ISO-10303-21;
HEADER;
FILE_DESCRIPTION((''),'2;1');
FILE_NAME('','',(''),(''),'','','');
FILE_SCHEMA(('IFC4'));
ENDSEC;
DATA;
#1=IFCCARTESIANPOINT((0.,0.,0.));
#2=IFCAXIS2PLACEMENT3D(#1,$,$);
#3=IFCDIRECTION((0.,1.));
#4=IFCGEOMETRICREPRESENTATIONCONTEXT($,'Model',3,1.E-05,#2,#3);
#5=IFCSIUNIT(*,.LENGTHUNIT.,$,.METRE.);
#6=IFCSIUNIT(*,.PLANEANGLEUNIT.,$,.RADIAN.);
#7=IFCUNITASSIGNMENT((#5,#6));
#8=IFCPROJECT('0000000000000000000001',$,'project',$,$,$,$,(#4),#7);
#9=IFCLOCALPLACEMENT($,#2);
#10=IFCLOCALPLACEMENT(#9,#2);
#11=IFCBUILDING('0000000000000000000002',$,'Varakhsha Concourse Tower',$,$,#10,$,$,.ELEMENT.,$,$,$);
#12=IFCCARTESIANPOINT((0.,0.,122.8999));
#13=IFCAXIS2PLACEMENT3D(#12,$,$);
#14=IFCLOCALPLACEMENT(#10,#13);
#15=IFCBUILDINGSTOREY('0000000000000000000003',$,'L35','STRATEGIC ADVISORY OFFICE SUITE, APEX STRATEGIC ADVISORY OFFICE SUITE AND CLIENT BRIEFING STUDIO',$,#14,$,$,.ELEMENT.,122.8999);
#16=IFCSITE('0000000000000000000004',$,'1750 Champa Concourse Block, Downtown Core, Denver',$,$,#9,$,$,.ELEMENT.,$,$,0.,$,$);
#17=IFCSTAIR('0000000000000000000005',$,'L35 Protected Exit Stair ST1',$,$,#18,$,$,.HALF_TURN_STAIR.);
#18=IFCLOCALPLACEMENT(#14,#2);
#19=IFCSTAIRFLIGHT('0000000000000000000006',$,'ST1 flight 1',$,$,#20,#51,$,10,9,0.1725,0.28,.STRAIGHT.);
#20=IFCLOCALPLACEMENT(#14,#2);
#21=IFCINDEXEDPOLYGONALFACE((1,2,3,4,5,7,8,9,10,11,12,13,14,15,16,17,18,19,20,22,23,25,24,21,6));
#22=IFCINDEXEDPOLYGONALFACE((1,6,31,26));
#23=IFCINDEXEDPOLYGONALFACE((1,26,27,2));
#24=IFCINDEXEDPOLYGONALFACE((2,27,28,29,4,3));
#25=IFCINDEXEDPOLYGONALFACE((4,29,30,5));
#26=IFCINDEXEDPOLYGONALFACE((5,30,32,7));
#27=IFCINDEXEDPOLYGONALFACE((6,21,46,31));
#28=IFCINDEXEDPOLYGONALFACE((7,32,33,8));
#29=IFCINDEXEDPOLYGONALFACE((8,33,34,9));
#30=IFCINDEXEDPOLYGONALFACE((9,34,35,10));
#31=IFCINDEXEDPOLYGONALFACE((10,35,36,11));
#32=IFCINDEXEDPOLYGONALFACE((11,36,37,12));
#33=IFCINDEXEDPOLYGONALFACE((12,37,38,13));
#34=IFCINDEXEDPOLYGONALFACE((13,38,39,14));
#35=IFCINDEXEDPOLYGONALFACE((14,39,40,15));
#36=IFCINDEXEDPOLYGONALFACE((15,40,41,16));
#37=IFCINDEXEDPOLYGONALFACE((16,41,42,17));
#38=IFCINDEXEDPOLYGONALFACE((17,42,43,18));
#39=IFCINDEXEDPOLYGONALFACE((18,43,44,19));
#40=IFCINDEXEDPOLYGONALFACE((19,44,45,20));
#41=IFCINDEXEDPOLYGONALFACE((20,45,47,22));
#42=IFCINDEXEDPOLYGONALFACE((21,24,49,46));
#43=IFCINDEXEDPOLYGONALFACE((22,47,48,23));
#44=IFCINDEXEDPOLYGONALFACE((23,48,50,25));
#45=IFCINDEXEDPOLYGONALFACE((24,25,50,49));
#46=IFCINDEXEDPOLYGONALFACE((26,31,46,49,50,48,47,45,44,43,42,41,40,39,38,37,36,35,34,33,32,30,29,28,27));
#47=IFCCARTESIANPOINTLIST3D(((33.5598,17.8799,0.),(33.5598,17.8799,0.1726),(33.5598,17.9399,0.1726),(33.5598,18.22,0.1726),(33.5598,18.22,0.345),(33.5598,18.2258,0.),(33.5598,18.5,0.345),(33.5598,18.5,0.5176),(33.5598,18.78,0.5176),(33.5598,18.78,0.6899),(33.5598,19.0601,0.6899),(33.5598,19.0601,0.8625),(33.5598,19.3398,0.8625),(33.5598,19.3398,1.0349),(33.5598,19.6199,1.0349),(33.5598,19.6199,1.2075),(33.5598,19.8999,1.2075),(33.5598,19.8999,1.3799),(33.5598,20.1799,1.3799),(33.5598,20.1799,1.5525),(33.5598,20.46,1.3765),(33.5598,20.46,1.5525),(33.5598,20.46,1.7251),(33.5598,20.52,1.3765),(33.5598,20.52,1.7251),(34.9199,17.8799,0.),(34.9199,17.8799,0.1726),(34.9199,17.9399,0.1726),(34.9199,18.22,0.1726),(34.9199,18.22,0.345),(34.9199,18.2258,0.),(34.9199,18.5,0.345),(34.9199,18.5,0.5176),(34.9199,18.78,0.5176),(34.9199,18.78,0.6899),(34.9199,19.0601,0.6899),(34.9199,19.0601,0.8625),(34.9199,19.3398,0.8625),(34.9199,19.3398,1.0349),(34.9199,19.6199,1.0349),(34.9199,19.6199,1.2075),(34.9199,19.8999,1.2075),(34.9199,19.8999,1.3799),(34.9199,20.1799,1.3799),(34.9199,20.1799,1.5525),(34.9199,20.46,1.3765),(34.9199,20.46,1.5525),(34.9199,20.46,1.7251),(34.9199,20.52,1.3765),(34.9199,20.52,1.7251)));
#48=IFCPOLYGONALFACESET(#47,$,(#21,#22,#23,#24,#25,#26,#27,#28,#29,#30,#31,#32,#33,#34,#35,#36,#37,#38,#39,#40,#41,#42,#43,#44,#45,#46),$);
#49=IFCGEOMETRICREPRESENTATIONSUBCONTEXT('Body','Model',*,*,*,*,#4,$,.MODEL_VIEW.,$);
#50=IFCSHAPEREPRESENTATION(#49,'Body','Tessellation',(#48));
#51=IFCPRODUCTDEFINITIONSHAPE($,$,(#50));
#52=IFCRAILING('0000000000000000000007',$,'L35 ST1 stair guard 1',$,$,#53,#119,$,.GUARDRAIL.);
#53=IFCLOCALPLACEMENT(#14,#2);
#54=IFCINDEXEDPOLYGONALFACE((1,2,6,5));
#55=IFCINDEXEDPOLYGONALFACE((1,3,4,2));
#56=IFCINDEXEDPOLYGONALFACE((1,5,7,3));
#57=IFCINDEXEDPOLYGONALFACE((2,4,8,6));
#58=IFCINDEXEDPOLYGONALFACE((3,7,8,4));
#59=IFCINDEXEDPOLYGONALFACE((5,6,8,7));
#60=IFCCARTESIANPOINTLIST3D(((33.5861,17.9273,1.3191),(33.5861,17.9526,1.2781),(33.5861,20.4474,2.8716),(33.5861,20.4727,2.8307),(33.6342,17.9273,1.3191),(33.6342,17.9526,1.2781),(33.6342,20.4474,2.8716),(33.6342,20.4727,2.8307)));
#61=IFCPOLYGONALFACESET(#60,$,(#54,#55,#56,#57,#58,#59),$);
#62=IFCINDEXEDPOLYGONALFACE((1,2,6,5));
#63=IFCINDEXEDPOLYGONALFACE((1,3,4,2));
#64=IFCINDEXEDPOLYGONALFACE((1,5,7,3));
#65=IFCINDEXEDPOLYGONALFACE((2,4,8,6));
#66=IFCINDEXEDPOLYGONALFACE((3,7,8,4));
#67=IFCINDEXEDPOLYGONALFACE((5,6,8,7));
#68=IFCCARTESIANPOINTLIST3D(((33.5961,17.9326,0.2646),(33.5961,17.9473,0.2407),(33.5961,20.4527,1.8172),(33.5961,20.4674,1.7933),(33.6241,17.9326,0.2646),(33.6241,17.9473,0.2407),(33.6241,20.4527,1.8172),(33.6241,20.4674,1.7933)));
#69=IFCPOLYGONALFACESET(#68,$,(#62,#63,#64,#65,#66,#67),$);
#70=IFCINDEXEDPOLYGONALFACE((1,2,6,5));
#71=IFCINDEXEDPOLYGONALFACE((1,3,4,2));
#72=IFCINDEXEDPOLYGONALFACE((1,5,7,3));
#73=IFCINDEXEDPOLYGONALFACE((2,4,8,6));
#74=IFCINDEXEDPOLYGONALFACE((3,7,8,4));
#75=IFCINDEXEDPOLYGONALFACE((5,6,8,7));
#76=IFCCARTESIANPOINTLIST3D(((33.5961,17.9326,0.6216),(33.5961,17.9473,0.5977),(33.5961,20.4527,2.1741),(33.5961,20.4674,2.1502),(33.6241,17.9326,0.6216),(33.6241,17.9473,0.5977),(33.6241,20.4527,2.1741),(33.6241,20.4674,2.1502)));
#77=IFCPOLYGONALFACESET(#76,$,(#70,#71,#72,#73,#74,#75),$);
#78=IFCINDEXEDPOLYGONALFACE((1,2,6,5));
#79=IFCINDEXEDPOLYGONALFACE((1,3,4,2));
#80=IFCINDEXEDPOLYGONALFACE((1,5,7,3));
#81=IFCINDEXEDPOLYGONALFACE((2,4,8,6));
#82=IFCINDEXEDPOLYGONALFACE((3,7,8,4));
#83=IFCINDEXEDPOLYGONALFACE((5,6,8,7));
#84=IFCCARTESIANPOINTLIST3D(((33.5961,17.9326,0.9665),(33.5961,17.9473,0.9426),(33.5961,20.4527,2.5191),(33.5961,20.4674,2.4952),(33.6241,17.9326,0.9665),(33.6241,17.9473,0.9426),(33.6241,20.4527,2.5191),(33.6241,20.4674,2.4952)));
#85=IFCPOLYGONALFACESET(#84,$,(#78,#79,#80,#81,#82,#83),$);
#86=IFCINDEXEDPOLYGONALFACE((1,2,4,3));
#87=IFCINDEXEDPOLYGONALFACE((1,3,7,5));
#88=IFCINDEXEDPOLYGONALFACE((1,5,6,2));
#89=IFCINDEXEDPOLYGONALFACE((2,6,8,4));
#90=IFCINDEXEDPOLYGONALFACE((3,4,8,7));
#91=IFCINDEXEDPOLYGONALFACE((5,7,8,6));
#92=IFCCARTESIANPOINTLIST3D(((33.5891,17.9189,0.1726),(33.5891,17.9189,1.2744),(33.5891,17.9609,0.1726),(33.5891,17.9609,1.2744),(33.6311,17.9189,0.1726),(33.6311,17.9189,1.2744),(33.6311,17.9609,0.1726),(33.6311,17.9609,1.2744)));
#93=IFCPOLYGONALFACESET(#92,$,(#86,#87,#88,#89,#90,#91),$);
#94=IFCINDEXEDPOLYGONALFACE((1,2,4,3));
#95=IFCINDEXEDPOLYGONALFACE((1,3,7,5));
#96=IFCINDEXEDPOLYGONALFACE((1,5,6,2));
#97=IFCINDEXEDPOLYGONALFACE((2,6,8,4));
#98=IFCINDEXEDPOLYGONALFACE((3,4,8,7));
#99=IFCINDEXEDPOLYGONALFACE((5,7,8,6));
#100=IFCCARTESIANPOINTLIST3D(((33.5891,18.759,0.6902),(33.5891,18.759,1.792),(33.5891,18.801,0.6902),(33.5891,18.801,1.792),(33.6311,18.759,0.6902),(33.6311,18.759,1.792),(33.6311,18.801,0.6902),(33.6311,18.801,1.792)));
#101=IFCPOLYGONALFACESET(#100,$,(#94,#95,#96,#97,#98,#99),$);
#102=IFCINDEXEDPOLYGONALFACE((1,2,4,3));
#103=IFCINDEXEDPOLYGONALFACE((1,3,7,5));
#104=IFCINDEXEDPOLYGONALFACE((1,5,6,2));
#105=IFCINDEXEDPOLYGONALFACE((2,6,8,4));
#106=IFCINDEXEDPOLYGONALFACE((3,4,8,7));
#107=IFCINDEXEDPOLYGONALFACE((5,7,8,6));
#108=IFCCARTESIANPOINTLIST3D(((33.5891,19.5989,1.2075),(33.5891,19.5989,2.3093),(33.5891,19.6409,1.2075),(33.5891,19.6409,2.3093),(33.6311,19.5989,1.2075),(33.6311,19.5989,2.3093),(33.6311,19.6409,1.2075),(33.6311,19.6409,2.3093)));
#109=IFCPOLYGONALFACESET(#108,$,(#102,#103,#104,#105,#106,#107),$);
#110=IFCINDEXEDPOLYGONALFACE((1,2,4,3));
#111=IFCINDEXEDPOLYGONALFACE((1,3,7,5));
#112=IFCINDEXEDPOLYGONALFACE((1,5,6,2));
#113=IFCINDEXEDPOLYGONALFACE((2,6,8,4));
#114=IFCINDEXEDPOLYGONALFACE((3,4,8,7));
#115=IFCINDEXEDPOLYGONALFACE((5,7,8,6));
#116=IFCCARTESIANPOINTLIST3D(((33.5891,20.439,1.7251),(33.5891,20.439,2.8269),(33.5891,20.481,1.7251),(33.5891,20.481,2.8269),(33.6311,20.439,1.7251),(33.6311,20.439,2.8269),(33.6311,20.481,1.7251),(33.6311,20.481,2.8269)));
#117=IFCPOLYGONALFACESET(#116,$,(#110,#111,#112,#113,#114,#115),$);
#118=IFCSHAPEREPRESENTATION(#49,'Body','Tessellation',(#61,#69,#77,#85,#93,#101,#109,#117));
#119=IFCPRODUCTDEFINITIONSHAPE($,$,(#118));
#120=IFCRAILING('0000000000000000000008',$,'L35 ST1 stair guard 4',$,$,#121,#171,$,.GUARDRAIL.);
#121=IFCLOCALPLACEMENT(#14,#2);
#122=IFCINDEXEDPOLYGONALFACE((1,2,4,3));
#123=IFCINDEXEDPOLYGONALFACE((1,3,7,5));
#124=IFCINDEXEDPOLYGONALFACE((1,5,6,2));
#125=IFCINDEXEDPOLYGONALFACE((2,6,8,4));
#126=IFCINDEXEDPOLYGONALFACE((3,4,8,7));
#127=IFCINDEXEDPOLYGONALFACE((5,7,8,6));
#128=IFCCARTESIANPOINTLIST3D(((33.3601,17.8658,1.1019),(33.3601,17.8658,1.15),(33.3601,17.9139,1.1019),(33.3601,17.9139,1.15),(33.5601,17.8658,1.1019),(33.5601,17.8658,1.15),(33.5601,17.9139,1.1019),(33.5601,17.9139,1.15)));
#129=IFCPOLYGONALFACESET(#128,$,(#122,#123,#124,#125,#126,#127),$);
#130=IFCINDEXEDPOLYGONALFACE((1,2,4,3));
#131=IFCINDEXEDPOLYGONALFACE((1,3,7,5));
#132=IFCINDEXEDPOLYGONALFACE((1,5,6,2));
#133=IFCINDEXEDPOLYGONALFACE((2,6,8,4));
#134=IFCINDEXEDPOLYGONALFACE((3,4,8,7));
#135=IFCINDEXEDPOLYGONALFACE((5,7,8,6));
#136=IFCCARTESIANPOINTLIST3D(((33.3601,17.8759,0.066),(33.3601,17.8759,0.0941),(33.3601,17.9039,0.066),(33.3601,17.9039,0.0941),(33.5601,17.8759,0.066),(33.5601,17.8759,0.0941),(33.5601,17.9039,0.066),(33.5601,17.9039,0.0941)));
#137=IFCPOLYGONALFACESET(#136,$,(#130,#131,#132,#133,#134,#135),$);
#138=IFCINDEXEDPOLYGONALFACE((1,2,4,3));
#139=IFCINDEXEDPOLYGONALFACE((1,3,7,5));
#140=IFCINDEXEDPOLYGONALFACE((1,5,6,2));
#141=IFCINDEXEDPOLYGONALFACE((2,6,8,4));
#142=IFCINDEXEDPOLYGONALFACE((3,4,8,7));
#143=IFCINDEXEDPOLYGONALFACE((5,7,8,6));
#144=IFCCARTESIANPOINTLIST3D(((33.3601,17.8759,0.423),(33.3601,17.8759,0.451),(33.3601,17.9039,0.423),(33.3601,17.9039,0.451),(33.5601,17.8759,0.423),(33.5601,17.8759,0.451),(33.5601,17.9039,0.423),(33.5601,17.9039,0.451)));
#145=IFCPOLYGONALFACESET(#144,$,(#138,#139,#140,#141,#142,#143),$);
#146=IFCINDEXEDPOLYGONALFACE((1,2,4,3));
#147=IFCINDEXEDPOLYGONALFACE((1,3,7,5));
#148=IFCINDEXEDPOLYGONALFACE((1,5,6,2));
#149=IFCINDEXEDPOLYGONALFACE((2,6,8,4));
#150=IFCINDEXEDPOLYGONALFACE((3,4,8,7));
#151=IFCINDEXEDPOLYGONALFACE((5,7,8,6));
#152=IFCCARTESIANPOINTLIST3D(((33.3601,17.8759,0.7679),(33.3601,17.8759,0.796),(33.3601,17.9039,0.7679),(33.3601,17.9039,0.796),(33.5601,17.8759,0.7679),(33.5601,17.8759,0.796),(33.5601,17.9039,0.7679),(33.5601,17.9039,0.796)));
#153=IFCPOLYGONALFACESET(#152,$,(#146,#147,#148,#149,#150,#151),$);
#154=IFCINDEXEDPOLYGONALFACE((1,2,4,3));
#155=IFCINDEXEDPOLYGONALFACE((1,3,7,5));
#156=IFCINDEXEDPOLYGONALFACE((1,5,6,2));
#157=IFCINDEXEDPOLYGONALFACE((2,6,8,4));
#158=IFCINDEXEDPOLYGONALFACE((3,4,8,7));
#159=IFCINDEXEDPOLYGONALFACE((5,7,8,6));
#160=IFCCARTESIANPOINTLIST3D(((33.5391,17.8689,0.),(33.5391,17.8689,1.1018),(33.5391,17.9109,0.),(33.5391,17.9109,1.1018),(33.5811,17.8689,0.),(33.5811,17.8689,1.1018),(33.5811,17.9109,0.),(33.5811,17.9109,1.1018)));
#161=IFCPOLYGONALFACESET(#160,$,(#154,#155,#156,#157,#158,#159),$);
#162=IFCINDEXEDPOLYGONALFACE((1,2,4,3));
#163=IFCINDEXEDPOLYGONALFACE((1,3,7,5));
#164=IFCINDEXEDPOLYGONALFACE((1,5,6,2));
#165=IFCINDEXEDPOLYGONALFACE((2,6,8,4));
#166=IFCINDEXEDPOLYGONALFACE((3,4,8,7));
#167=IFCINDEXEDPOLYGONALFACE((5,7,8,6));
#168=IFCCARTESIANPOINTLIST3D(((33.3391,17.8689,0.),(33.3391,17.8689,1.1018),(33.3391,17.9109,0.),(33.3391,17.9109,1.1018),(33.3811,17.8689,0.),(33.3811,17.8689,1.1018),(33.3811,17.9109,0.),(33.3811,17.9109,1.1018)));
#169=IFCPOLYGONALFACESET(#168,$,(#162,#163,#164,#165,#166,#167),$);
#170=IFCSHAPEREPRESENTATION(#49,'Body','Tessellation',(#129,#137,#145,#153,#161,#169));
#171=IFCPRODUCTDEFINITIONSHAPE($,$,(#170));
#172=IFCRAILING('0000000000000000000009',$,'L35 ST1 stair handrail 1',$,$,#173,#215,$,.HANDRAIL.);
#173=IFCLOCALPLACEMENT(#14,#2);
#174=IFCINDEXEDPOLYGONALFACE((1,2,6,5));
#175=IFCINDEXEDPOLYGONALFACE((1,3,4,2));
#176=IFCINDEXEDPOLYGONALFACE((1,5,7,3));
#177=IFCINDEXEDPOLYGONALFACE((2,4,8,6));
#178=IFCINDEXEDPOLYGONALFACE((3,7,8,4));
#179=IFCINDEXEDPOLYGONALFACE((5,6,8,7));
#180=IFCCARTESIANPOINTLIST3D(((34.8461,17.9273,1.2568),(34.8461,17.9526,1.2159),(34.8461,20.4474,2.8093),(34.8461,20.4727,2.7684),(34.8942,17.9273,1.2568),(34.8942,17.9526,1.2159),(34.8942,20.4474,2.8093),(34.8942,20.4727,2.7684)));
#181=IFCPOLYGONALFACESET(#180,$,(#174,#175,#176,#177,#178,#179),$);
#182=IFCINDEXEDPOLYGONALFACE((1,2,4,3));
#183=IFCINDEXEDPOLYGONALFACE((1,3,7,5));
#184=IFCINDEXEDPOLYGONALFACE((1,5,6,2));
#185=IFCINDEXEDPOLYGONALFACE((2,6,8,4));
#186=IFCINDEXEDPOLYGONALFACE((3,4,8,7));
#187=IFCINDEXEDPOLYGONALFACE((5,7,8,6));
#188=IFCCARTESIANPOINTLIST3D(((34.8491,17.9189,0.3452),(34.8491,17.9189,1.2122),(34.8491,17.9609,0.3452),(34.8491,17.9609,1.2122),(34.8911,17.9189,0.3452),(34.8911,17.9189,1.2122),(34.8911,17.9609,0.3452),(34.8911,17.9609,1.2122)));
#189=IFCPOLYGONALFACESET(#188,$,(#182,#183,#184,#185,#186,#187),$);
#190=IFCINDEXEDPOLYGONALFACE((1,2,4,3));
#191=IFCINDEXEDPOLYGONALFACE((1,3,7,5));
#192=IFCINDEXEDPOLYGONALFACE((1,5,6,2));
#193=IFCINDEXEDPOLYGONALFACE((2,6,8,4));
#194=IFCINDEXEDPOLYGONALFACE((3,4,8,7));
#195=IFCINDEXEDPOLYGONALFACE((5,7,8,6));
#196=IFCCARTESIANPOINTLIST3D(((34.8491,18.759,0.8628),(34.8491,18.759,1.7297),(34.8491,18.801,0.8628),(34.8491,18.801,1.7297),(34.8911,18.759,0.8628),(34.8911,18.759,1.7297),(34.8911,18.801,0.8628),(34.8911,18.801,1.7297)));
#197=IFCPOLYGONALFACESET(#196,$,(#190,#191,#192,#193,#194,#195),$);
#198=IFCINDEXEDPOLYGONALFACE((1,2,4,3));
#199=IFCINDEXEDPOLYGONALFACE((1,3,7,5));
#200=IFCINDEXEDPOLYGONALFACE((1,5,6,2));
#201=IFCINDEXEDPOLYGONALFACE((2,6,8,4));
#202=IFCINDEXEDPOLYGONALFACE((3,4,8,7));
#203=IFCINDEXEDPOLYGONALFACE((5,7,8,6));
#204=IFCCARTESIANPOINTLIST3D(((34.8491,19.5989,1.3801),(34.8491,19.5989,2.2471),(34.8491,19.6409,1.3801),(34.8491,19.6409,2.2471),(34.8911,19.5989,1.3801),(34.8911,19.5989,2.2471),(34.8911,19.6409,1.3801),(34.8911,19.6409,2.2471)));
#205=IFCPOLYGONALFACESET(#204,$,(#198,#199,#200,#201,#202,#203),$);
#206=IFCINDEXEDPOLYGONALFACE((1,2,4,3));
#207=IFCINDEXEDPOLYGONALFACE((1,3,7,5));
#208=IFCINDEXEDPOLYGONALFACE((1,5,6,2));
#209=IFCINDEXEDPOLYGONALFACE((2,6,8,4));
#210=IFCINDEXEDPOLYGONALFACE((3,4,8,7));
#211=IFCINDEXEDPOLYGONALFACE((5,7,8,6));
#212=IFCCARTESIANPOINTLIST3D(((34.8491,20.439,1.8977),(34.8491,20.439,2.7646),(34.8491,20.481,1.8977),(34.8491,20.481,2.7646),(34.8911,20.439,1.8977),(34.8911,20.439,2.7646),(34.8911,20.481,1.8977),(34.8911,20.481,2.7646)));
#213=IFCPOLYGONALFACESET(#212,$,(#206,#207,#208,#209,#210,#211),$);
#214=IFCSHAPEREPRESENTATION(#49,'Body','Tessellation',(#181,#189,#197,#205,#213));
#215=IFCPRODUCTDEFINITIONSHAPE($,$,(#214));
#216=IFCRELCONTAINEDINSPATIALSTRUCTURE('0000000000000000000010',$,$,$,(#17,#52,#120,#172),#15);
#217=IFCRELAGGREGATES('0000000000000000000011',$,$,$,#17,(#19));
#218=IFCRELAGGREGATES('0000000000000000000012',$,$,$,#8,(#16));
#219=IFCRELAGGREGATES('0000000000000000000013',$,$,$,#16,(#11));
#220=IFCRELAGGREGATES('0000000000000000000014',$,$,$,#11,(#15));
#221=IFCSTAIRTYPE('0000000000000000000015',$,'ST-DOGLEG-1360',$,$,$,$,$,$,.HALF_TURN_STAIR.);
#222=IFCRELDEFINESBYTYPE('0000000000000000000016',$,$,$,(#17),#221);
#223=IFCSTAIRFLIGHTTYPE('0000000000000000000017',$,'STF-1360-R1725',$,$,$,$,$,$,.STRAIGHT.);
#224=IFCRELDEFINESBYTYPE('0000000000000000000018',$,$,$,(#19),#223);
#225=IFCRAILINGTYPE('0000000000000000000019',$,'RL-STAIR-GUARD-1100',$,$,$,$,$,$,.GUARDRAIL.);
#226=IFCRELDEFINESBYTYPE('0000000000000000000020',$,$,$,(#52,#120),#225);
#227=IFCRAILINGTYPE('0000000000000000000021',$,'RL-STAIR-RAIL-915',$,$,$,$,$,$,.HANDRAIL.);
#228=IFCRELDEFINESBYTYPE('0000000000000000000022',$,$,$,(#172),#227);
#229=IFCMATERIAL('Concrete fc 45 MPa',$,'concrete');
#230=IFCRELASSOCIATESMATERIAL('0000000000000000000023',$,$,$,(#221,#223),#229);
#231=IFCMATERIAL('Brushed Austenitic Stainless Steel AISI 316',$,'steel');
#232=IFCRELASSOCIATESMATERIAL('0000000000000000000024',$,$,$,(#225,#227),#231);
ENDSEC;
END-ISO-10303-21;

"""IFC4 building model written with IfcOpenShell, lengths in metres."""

from ifc_helpers import new_model, si_unit, direction, frame, origin, origin_2d, place, context, subcontext, project, spatial, polyline, rectangle, outline, extrude, material, type_object, element, aggregate, save


model = new_model("IFC4")

# Units and contexts
model_context = context("Model", 3, precision=1e-05, world=origin(), true_north=direction((0.0, 1.0)))
body_context = subcontext(model_context, "Body", "Model", "MODEL_VIEW")
ifc_project = project(units=[si_unit("LENGTHUNIT", "METRE"), si_unit("PLANEANGLEUNIT", "RADIAN")], contexts=[model_context])

# Site, building, storey
site_placement = place(None, origin())
site = spatial("IfcSite", under=ifc_project, at=site_placement, Name="1750 Champa Concourse Block, Downtown Core, Denver", CompositionType="ELEMENT", RefElevation=0.0)
building_placement = place(site_placement, origin())
building = spatial("IfcBuilding", under=site, at=building_placement, Name="Varakhsha Concourse Tower", CompositionType="ELEMENT")
storey_placement = place(building_placement, frame((0.0, 0.0, 122.8999)))
storey = spatial("IfcBuildingStorey", under=building, at=storey_placement, Name="L35", Description="STRATEGIC ADVISORY OFFICE SUITE, APEX STRATEGIC ADVISORY OFFICE SUITE AND CLIENT BRIEFING STUDIO", CompositionType="ELEMENT", Elevation=122.8999)

# Shared definitions
ifc_material_1 = material(Name="Concrete fc 45 MPa", Category="concrete")

# Stair, stair flight
stair_type = type_object("IfcStairType", Name="ST-DOGLEG-1360", PredefinedType="HALF_TURN_STAIR", material=ifc_material_1)
stair_placement = place(storey_placement, origin())
stair = element("IfcStair", 1, at=stair_placement, inside=storey, type_object=stair_type, Name="L35 Protected Exit Stair ST1", PredefinedType="HALF_TURN_STAIR")
stair_flight_type = type_object("IfcStairFlightType", Name="STF-1360-R1725", PredefinedType="STRAIGHT", material=ifc_material_1)
stair_flight_placement = place(storey_placement, frame((34.24, 17.9399, 0.0), z_axis=(0.0, 0.0, 1.0), x_axis=(0.0, 1.0, 0.0)))
stair_flight = element("IfcStairFlight", 2, at=stair_flight_placement, type_object=stair_flight_type, Name="ST1 flight 1", NumberOfRisers=10, NumberOfTreads=9, PredefinedType="STRAIGHT", RiserHeight=0.1725, TreadLength=0.28, context=body_context, shape_type="SweptSolid", body=[
    extrude(outline(polyline([(-0.0601, 0.0), (-0.0601, 0.1726), (0.0, 0.1726), (0.28, 0.1726), (0.28, 0.345), (0.5601, 0.345), (0.5601, 0.5176), (0.8401, 0.5176), (0.8401, 0.6899), (1.1201, 0.6899), (1.1201, 0.8625), (1.3999, 0.8625), (1.3999, 1.0349), (1.6799, 1.0349), (1.6799, 1.2075), (1.96, 1.2075), (1.96, 1.3799), (2.24, 1.3799), (2.24, 1.5525), (2.52, 1.5525), (2.52, 1.7251), (2.5801, 1.7251), (2.5801, 1.3765), (2.52, 1.3765), (0.2859, 0.0), (-0.0601, 0.0)])), frame((0.0, 0.6802, 0.0), z_axis=(0.0, -1.0, 0.0), x_axis=(1.0, 0.0, 0.0)), (0.0, 0.0, 1.0), 1.3601),
])
aggregate(stair, [stair_flight])

# Railings
ifc_material_2 = material(Name="Brushed Austenitic Stainless Steel AISI 316", Category="steel")
railing_type_1 = type_object("IfcRailingType", Name="RL-STAIR-GUARD-1100", PredefinedType="GUARDRAIL", material=ifc_material_2)
railing_1_placement = place(storey_placement, frame((33.6101, 17.9399, 0.1726)))
element("IfcRailing", 3, at=railing_1_placement, inside=storey, type_object=railing_type_1, Name="L35 ST1 stair guard 1", PredefinedType="GUARDRAIL", context=body_context, shape_type="SweptSolid", body=[
    extrude(rectangle(XDim=0.0481, YDim=0.0481, at=origin_2d()), frame((0.0, 0.0, 1.126), z_axis=(0.0, 0.8514, 0.524516), x_axis=(-1.0, 0.0, 0.0)), (0.0, 0.0, 1.0), 2.96),
    extrude(rectangle(XDim=0.0281, YDim=0.0281, at=origin_2d()), frame((0.0, 0.0, 0.0801), z_axis=(0.0, 0.8514, 0.524516), x_axis=(-1.0, 0.0, 0.0)), (0.0, 0.0, 1.0), 2.96),
    extrude(rectangle(XDim=0.0281, YDim=0.0281, at=origin_2d()), frame((0.0, 0.0, 0.437), z_axis=(0.0, 0.8514, 0.524516), x_axis=(-1.0, 0.0, 0.0)), (0.0, 0.0, 1.0), 2.96),
    extrude(rectangle(XDim=0.0281, YDim=0.0281, at=origin_2d()), frame((0.0, 0.0, 0.782), z_axis=(0.0, 0.8514, 0.524516), x_axis=(-1.0, 0.0, 0.0)), (0.0, 0.0, 1.0), 2.96),
    extrude(rectangle(XDim=0.042, YDim=0.042, at=origin_2d()), origin(), (0.0, 0.0, 1.0), 1.1018),
    extrude(rectangle(XDim=0.042, YDim=0.042, at=origin_2d()), frame((0.0, 0.8401, 0.5176)), (0.0, 0.0, 1.0), 1.1018),
    extrude(rectangle(XDim=0.042, YDim=0.042, at=origin_2d()), frame((0.0, 1.6799, 1.0349)), (0.0, 0.0, 1.0), 1.1018),
    extrude(rectangle(XDim=0.042, YDim=0.042, at=origin_2d()), frame((0.0, 2.52, 1.5525)), (0.0, 0.0, 1.0), 1.1018),
])
railing_2_placement = place(storey_placement, frame((33.5601, 17.8899, 0.0)))
element("IfcRailing", 4, at=railing_2_placement, inside=storey, type_object=railing_type_1, Name="L35 ST1 stair guard 4", PredefinedType="GUARDRAIL", context=body_context, shape_type="SweptSolid", body=[
    extrude(rectangle(XDim=0.0481, YDim=0.0481, at=origin_2d()), frame((0.0, 0.0, 1.126), z_axis=(-1.0, 0.0, 0.0), x_axis=(0.0, -1.0, 0.0)), (0.0, 0.0, 1.0), 0.2),
    extrude(rectangle(XDim=0.0281, YDim=0.0281, at=origin_2d()), frame((0.0, 0.0, 0.0801), z_axis=(-1.0, 0.0, 0.0), x_axis=(0.0, -1.0, 0.0)), (0.0, 0.0, 1.0), 0.2),
    extrude(rectangle(XDim=0.0281, YDim=0.0281, at=origin_2d()), frame((0.0, 0.0, 0.437), z_axis=(-1.0, 0.0, 0.0), x_axis=(0.0, -1.0, 0.0)), (0.0, 0.0, 1.0), 0.2),
    extrude(rectangle(XDim=0.0281, YDim=0.0281, at=origin_2d()), frame((0.0, 0.0, 0.782), z_axis=(-1.0, 0.0, 0.0), x_axis=(0.0, -1.0, 0.0)), (0.0, 0.0, 1.0), 0.2),
    extrude(rectangle(XDim=0.042, YDim=0.042, at=origin_2d()), origin(), (0.0, 0.0, 1.0), 1.1018),
    extrude(rectangle(XDim=0.042, YDim=0.042, at=origin_2d()), frame((-0.2, 0.0, 0.0)), (0.0, 0.0, 1.0), 1.1018),
])
railing_type_2 = type_object("IfcRailingType", Name="RL-STAIR-RAIL-915", PredefinedType="HANDRAIL", material=ifc_material_2)
railing_3_placement = place(storey_placement, frame((34.8701, 17.9399, 0.3452)))
element("IfcRailing", 5, at=railing_3_placement, inside=storey, type_object=railing_type_2, Name="L35 ST1 stair handrail 1", PredefinedType="HANDRAIL", context=body_context, shape_type="SweptSolid", body=[
    extrude(rectangle(XDim=0.0481, YDim=0.0481, at=origin_2d()), frame((0.0, 0.0, 0.8911), z_axis=(0.0, 0.8514, 0.524516), x_axis=(-1.0, 0.0, 0.0)), (0.0, 0.0, 1.0), 2.96),
    extrude(rectangle(XDim=0.042, YDim=0.042, at=origin_2d()), origin(), (0.0, 0.0, 1.0), 0.8669),
    extrude(rectangle(XDim=0.042, YDim=0.042, at=origin_2d()), frame((0.0, 0.8401, 0.5176)), (0.0, 0.0, 1.0), 0.8669),
    extrude(rectangle(XDim=0.042, YDim=0.042, at=origin_2d()), frame((0.0, 1.6799, 1.0349)), (0.0, 0.0, 1.0), 0.8669),
    extrude(rectangle(XDim=0.042, YDim=0.042, at=origin_2d()), frame((0.0, 2.52, 1.5525)), (0.0, 0.0, 1.0), 0.8669),
])

save(model, "model.ifc")
